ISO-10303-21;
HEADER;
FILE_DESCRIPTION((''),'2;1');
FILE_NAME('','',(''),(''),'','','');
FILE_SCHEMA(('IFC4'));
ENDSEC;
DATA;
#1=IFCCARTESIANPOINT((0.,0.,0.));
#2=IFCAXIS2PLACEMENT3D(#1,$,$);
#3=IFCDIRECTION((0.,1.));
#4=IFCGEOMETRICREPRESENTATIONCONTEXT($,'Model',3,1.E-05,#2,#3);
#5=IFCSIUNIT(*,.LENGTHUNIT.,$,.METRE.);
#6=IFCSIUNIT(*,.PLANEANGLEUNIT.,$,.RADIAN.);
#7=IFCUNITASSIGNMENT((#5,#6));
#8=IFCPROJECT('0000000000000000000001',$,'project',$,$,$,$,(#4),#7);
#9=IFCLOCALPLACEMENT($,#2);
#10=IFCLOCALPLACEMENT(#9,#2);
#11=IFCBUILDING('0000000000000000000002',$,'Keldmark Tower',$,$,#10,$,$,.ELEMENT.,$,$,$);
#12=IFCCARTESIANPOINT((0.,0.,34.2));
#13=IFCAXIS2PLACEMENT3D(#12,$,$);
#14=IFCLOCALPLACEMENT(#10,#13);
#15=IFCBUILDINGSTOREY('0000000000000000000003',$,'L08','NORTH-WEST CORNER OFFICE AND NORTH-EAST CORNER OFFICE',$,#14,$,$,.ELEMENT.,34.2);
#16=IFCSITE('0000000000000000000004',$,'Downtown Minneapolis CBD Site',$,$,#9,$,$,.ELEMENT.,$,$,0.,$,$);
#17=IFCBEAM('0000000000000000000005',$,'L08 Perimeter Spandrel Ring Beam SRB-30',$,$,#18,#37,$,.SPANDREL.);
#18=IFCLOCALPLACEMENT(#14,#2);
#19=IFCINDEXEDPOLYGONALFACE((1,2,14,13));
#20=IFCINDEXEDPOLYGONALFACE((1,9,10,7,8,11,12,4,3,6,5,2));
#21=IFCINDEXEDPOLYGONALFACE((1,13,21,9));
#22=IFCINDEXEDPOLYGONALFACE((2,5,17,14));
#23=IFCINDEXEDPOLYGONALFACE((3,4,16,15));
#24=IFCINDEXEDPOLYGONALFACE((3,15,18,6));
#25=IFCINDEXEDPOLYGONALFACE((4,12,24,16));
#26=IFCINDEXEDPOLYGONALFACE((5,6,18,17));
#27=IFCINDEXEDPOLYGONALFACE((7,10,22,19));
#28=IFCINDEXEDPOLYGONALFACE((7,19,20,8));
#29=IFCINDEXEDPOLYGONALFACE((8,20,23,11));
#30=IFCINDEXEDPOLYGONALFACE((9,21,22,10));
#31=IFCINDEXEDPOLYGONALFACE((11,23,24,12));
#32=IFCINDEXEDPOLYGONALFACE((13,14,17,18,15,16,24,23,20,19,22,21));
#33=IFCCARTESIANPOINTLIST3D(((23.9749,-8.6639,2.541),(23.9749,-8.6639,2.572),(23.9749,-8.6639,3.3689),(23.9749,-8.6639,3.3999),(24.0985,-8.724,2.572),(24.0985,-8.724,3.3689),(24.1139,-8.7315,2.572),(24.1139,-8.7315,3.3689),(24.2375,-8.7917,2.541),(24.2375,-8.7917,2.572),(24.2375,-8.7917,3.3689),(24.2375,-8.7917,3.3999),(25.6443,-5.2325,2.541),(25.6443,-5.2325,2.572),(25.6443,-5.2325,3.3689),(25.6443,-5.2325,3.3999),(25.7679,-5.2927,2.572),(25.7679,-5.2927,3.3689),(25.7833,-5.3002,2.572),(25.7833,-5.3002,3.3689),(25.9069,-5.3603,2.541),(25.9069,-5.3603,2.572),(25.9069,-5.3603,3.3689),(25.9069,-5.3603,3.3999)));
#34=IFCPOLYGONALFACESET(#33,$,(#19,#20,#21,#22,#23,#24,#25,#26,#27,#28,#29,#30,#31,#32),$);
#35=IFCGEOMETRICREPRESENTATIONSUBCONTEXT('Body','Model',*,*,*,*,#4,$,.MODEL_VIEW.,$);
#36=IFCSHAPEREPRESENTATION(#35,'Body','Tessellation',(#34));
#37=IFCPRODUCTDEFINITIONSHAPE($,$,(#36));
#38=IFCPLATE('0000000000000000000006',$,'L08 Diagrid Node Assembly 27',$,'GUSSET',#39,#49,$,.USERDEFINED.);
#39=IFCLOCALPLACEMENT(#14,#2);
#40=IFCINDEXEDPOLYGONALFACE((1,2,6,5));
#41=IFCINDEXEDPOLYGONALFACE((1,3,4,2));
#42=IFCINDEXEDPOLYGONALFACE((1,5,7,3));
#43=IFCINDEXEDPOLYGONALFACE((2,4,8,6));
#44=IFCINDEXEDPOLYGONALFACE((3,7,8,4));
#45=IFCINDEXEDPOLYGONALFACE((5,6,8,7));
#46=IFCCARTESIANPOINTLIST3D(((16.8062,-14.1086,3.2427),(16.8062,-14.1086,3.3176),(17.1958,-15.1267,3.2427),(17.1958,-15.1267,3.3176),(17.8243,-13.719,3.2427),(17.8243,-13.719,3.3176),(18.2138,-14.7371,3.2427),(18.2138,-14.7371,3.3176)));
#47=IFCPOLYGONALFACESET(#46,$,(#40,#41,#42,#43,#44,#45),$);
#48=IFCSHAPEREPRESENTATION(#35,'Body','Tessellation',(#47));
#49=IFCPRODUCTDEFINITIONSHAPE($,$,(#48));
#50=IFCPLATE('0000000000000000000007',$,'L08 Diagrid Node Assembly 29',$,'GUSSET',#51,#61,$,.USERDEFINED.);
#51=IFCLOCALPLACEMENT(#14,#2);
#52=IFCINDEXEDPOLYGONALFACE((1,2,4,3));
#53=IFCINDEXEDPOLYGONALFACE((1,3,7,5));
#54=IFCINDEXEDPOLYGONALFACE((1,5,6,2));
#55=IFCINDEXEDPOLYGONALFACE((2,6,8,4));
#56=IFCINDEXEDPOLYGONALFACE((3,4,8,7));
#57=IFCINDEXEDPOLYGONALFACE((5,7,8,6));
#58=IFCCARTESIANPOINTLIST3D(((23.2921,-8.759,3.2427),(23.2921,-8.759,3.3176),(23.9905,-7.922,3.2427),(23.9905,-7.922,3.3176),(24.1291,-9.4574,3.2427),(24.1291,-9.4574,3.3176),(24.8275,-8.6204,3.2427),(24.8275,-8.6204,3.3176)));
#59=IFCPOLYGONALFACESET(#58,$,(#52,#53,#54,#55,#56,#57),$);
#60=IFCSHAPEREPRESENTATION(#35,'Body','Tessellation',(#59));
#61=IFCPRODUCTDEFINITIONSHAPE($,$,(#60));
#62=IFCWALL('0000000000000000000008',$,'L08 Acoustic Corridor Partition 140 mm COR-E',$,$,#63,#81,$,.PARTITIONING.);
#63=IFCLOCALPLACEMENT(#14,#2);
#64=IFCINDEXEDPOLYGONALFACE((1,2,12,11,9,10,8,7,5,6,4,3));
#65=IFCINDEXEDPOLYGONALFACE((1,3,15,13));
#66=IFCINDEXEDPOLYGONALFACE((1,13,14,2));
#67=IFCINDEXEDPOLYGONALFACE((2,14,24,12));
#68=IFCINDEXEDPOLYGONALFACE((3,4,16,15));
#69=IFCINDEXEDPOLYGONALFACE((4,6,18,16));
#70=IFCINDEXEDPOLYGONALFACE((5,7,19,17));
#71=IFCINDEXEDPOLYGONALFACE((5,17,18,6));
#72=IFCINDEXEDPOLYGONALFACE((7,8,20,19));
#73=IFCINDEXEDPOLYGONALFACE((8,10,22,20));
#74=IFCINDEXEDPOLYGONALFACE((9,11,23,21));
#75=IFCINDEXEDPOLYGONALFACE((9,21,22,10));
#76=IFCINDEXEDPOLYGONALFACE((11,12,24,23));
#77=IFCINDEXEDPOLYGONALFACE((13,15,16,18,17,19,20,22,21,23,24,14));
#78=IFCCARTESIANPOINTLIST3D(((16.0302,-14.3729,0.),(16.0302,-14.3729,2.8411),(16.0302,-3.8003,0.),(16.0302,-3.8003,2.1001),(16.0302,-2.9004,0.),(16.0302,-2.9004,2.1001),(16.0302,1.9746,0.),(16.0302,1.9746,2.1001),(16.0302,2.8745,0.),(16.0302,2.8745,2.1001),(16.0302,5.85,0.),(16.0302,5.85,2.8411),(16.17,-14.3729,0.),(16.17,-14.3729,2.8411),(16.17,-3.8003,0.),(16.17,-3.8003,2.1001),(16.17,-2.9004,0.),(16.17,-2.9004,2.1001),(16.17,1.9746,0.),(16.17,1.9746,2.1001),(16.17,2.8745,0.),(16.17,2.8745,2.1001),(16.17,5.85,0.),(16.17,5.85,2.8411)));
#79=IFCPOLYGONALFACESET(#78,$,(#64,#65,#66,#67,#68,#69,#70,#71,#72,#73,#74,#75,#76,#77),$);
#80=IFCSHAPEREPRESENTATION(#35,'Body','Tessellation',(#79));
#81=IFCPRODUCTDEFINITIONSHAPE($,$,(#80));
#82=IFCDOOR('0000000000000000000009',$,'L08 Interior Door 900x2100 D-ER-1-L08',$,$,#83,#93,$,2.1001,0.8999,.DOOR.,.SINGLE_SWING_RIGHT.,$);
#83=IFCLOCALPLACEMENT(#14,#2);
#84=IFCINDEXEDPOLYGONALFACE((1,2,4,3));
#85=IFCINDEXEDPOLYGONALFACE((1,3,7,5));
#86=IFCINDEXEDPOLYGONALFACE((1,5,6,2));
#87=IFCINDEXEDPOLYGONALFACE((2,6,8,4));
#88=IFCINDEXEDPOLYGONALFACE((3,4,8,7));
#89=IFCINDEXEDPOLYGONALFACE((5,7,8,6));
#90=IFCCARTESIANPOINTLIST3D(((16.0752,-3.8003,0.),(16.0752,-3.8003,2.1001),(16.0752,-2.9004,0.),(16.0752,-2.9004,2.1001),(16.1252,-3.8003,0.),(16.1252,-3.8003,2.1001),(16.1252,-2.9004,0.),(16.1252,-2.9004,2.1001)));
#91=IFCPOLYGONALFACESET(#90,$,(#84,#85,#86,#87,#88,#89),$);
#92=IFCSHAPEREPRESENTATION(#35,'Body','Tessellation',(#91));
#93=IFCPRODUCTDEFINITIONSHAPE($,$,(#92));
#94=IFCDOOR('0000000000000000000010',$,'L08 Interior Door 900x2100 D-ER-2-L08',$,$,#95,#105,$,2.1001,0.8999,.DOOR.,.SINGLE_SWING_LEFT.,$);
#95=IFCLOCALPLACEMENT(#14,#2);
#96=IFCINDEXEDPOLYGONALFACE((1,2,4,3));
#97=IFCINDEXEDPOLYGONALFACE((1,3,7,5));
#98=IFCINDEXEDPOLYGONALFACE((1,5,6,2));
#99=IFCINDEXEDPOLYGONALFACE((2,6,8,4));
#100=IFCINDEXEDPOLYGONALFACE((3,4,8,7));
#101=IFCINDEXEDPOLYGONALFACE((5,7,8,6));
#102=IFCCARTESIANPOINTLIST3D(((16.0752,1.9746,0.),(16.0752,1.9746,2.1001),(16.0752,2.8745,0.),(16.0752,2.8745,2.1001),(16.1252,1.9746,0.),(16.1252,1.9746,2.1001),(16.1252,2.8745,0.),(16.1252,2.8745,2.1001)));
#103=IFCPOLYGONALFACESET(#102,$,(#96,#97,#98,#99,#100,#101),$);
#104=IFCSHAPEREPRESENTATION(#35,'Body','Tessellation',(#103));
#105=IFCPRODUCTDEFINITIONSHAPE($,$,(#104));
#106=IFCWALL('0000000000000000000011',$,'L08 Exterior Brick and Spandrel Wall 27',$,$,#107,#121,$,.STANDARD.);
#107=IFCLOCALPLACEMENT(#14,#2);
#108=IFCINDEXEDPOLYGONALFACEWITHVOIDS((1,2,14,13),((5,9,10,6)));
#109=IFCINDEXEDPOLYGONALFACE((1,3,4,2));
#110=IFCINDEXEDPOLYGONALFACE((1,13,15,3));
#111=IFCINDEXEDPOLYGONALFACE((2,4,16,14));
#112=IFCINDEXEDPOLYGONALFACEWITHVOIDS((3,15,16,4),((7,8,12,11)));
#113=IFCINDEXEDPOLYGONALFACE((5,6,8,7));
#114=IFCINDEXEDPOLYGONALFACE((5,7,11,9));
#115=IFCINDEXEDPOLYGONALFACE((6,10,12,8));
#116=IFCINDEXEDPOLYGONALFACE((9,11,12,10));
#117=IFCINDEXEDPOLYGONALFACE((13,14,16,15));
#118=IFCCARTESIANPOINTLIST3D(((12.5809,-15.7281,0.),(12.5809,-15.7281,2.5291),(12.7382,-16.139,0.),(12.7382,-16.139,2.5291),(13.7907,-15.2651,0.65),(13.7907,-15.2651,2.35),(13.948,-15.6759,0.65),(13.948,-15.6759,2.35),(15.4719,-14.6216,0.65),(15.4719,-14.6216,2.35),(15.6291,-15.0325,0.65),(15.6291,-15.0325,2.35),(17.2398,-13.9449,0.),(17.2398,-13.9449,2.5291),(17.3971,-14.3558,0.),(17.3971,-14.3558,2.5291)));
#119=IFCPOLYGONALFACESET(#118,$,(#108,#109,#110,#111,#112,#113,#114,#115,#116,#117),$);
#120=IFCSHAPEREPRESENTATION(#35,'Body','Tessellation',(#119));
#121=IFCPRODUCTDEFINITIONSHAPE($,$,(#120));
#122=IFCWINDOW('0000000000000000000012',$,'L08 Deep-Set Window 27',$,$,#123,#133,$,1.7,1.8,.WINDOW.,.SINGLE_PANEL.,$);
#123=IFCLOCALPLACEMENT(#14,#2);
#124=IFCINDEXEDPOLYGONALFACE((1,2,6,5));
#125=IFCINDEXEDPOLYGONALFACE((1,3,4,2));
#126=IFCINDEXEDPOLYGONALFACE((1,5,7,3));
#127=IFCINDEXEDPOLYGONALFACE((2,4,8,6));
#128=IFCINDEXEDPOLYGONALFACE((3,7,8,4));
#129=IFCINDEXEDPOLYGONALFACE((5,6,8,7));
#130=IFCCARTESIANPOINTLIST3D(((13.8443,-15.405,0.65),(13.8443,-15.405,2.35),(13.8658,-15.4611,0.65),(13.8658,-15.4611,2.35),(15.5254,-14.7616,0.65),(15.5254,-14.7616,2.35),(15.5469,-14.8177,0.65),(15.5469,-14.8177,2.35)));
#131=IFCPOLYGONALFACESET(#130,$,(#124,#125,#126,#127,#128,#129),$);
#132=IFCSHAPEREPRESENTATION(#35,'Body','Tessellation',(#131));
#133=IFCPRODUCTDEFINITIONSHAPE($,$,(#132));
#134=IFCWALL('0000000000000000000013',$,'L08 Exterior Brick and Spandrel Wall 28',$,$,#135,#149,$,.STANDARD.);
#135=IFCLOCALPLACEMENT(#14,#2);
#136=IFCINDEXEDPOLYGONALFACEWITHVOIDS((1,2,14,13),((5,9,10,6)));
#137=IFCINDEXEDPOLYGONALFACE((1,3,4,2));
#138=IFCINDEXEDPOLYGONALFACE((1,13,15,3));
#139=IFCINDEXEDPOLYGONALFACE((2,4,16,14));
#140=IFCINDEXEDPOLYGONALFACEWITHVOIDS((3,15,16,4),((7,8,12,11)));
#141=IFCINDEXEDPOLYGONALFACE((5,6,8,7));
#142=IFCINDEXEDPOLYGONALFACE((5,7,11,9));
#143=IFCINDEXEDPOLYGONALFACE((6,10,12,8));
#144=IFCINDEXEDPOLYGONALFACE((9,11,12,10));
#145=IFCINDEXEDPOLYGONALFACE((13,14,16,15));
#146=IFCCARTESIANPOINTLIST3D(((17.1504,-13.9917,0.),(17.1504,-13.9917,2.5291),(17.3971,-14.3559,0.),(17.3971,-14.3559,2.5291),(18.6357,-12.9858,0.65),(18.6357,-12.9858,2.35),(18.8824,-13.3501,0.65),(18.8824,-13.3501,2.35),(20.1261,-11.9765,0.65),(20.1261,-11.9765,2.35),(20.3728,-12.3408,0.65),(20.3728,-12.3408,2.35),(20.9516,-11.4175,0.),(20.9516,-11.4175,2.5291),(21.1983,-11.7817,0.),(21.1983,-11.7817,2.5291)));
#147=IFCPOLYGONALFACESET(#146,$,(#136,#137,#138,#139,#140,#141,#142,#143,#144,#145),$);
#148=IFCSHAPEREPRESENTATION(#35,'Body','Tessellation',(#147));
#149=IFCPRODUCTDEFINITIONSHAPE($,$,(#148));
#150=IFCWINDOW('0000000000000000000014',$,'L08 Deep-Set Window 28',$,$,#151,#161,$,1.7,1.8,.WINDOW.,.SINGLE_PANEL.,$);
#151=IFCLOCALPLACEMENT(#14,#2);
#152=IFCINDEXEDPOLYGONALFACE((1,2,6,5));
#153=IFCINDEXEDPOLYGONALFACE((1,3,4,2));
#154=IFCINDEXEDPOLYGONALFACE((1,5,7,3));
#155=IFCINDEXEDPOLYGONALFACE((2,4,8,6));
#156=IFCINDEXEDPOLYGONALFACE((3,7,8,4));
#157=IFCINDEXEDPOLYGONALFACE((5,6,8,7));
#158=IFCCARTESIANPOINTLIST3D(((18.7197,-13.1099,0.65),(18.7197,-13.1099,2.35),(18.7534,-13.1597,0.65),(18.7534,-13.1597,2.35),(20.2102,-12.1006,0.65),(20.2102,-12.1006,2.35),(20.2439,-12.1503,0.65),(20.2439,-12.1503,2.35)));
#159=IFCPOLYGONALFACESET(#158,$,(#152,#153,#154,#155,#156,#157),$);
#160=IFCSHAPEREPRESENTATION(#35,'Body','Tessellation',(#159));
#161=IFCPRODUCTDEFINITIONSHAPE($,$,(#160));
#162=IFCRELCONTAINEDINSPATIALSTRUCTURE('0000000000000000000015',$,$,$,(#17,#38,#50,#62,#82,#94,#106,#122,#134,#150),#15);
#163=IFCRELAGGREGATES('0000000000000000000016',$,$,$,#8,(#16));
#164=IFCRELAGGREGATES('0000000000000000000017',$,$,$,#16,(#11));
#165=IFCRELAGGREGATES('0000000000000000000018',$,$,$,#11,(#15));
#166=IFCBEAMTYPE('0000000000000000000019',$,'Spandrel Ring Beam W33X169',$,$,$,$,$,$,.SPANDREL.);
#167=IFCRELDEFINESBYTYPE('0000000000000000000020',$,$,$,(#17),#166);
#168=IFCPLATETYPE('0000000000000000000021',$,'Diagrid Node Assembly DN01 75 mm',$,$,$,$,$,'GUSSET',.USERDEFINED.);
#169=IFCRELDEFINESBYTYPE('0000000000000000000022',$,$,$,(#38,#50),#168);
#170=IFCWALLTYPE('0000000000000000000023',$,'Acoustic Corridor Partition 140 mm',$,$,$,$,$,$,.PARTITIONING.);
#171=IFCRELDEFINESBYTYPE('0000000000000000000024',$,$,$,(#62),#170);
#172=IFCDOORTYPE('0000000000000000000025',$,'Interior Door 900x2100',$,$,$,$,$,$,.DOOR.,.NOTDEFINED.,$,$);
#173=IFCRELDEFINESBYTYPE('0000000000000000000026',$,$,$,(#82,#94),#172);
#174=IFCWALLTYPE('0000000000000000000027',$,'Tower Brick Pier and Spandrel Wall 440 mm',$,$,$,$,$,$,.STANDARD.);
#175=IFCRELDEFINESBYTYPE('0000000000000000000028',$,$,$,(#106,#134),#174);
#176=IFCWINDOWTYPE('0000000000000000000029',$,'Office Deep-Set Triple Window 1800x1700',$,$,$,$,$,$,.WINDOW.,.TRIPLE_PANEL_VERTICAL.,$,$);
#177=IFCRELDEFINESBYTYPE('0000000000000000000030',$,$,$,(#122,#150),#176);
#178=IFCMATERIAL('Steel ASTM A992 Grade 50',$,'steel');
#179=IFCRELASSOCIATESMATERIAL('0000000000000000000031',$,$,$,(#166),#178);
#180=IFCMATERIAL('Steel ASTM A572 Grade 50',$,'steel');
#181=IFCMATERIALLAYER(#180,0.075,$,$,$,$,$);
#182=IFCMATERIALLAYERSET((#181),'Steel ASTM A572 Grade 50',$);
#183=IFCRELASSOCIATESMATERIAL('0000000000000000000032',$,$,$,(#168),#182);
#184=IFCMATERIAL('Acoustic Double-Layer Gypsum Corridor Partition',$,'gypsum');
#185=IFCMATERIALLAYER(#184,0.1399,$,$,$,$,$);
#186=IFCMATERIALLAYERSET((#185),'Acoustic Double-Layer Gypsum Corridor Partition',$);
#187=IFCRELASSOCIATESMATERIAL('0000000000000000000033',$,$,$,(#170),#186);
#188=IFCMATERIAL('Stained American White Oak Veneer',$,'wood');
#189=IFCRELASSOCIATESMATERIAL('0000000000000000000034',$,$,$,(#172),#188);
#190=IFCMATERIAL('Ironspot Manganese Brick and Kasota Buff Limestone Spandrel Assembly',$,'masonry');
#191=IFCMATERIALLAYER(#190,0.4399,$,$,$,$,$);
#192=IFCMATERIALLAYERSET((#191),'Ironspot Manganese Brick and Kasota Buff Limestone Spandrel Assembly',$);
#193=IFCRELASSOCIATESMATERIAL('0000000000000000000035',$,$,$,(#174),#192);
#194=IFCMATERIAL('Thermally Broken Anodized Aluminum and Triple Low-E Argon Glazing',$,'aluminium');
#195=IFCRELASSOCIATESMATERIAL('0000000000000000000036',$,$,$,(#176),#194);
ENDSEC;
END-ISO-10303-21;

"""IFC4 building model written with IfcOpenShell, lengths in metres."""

from ifc_helpers import new_model, si_unit, direction, frame, frame_2d, origin, origin_2d, place, context, subcontext, project, spatial, rectangle, i_section, extrude, material, layer, layer_set, material_profile, profile_set, type_object, element, fill, save


model = new_model("IFC4")

# Units and contexts
model_context = context("Model", 3, precision=1e-05, world=origin(), true_north=direction((0.0, 1.0)))
body_context = subcontext(model_context, "Body", "Model", "MODEL_VIEW")
ifc_project = project(units=[si_unit("LENGTHUNIT", "METRE"), si_unit("PLANEANGLEUNIT", "RADIAN")], contexts=[model_context])

# Site, building, storey
site_placement = place(None, origin())
site = spatial("IfcSite", under=ifc_project, at=site_placement, Name="Downtown Minneapolis CBD Site", CompositionType="ELEMENT", RefElevation=0.0)
building_placement = place(site_placement, origin())
building = spatial("IfcBuilding", under=site, at=building_placement, Name="Keldmark Tower", CompositionType="ELEMENT")
storey_placement = place(building_placement, frame((0.0, 0.0, 34.2)))
storey = spatial("IfcBuildingStorey", under=building, at=storey_placement, Name="L08", Description="NORTH-WEST CORNER OFFICE AND NORTH-EAST CORNER OFFICE", CompositionType="ELEMENT", Elevation=34.2)

# Beam
ifc_material_1 = material(Name="Steel ASTM A992 Grade 50", Category="steel")
ifc_material_profile_1 = material_profile(ifc_material_1, i_section(OverallWidth=0.292, OverallDepth=0.8589, WebThickness=0.0171, FlangeThickness=0.031, at=origin_2d()), Name="W33X169")
ifc_profile_set_1 = profile_set([ifc_material_profile_1], Name="Steel ASTM A992 Grade 50")
beam_type_1 = type_object("IfcBeamType", Name="Spandrel Ring Beam W33X169", PredefinedType="SPANDREL", material=ifc_profile_set_1)
beam_1_placement = place(storey_placement, frame((24.1062, -8.7278, 2.9705), z_axis=(0.437488, 0.899224, 0.0), x_axis=(-0.899224, 0.437488, 0.0)))
element("IfcBeam", 1, at=beam_1_placement, inside=storey, type_object=beam_type_1, Name="L08 Perimeter Spandrel Ring Beam SRB-30", PredefinedType="SPANDREL", context=body_context, shape_type="SweptSolid", body=[
    extrude(i_section(OverallWidth=0.292, OverallDepth=0.8589, WebThickness=0.0171, FlangeThickness=0.031, at=origin_2d()), origin(), (0.0, 0.0, 1.0), 3.8159),
])

# Plates
ifc_material_2 = material(Name="Steel ASTM A572 Grade 50", Category="steel")
ifc_layer_1 = layer(ifc_material_2, 0.075)
ifc_layer_set_1 = layer_set([ifc_layer_1], Name="Steel ASTM A572 Grade 50")
plate_type = type_object("IfcPlateType", Name="Diagrid Node Assembly DN01 75 mm", ElementType="GUSSET", PredefinedType="USERDEFINED", material=ifc_layer_set_1)
for number, where, z_axis, x_axis, name in (
    (2, (17.51, -14.4229, 3.2427), (0.0, 0.0, 1.0), (0.933955, 0.35739, 0.0), "L08 Diagrid Node Assembly 27"),
    (3, (24.0598, -8.6897, 3.2427), (0.0, 0.0, 1.0), (0.640646, 0.767836, 0.0), "L08 Diagrid Node Assembly 29"),
):
    element("IfcPlate", number, at=place(storey_placement, frame(where, z_axis=z_axis, x_axis=x_axis)), inside=storey, type_object=plate_type, Name=name, ObjectType="GUSSET", PredefinedType="USERDEFINED", context=body_context, shape_type="SweptSolid", body=[
        extrude(rectangle(XDim=1.0901, YDim=1.0901, at=origin_2d()), origin(), (0.0, 0.0, 1.0), 0.075),
    ])

# Wall, openings, doors
ifc_material_3 = material(Name="Acoustic Double-Layer Gypsum Corridor Partition", Category="gypsum")
ifc_layer_2 = layer(ifc_material_3, 0.1399)
ifc_layer_set_2 = layer_set([ifc_layer_2], Name="Acoustic Double-Layer Gypsum Corridor Partition")
wall_type_1 = type_object("IfcWallType", Name="Acoustic Corridor Partition 140 mm", PredefinedType="PARTITIONING", material=ifc_layer_set_2)
wall_1_placement = place(storey_placement, frame((16.1001, -14.3728, 0.0), z_axis=(0.0, 0.0, 1.0), x_axis=(0.0, 1.0, 0.0)))
wall_1 = element("IfcWall", 4, at=wall_1_placement, inside=storey, type_object=wall_type_1, Name="L08 Acoustic Corridor Partition 140 mm COR-E", PredefinedType="PARTITIONING", context=body_context, shape_type="SweptSolid", body=[
    extrude(rectangle(XDim=20.2229, YDim=0.1399, at=frame_2d((10.1113, 0.0))), origin(), (0.0, 0.0, 1.0), 2.8411),
])
opening_1_placement = place(wall_1_placement, frame((10.5725, 0.0, 0.0)))
opening_1 = element("IfcOpeningElement", 5, at=opening_1_placement, cuts=wall_1, PredefinedType="OPENING", context=body_context, shape_type="SweptSolid", body=[
    extrude(rectangle(XDim=0.8999, YDim=2.1001, at=frame_2d((0.45, 1.05))), frame((0.0, 0.0798, 0.0), z_axis=(0.0, -1.0, 0.0), x_axis=(1.0, 0.0, 0.0)), (0.0, 0.0, 1.0), 0.1599),
])
opening_2_placement = place(wall_1_placement, frame((16.3474, 0.0, 0.0)))
opening_2 = element("IfcOpeningElement", 6, at=opening_2_placement, cuts=wall_1, PredefinedType="OPENING", context=body_context, shape_type="SweptSolid", body=[
    extrude(rectangle(XDim=0.8999, YDim=2.1001, at=frame_2d((0.45, 1.05))), frame((0.0, 0.0798, 0.0), z_axis=(0.0, -1.0, 0.0), x_axis=(1.0, 0.0, 0.0)), (0.0, 0.0, 1.0), 0.1599),
])
ifc_material_4 = material(Name="Stained American White Oak Veneer", Category="wood")
door_type = type_object("IfcDoorType", Name="Interior Door 900x2100", OperationType="NOTDEFINED", PredefinedType="DOOR", material=ifc_material_4)
door_1_placement = place(opening_1_placement, origin())
door_1 = element("IfcDoor", 7, at=door_1_placement, inside=storey, type_object=door_type, Name="L08 Interior Door 900x2100 D-ER-1-L08", OperationType="SINGLE_SWING_RIGHT", OverallHeight=2.1001, OverallWidth=0.8999, PredefinedType="DOOR", context=body_context, shape_type="SweptSolid", body=[
    extrude(rectangle(XDim=0.8999, YDim=2.1001, at=frame_2d((0.45, 1.05))), frame((0.0, 0.0249, 0.0), z_axis=(0.0, -1.0, 0.0), x_axis=(1.0, 0.0, 0.0)), (0.0, 0.0, 1.0), 0.05),
])
fill(opening_1, door_1)
door_2_placement = place(opening_2_placement, origin())
door_2 = element("IfcDoor", 8, at=door_2_placement, inside=storey, type_object=door_type, Name="L08 Interior Door 900x2100 D-ER-2-L08", OperationType="SINGLE_SWING_LEFT", OverallHeight=2.1001, OverallWidth=0.8999, PredefinedType="DOOR", context=body_context, shape_type="SweptSolid", body=[
    extrude(rectangle(XDim=0.8999, YDim=2.1001, at=frame_2d((0.45, 1.05))), frame((0.0, 0.0249, 0.0), z_axis=(0.0, -1.0, 0.0), x_axis=(1.0, 0.0, 0.0)), (0.0, 0.0, 1.0), 0.05),
])
fill(opening_2, door_2)

# Walls, openings, windows
ifc_material_5 = material(Name="Ironspot Manganese Brick and Kasota Buff Limestone Spandrel Assembly", Category="masonry")
ifc_layer_3 = layer(ifc_material_5, 0.4399)
ifc_layer_set_3 = layer_set([ifc_layer_3], Name="Ironspot Manganese Brick and Kasota Buff Limestone Spandrel Assembly")
wall_type_2 = type_object("IfcWallType", Name="Tower Brick Pier and Spandrel Wall 440 mm", PredefinedType="STANDARD", material=ifc_layer_set_3)
wall_2_placement = place(storey_placement, frame((17.3184, -14.1504, 0.0), z_axis=(0.0, 0.0, 1.0), x_axis=(-0.933928, -0.35746, 0.0)))
wall_2 = element("IfcWall", 9, at=wall_2_placement, inside=storey, type_object=wall_type_2, Name="L08 Exterior Brick and Spandrel Wall 27", PredefinedType="STANDARD", context=body_context, shape_type="SweptSolid", body=[
    extrude(rectangle(XDim=4.9885, YDim=0.4399, at=frame_2d((2.4941, 0.0))), origin(), (0.0, 0.0, 1.0), 2.5291),
])
opening_3_placement = place(wall_2_placement, frame((1.8931, 0.0, 0.6499)))
opening_3 = element("IfcOpeningElement", 10, at=opening_3_placement, cuts=wall_2, PredefinedType="OPENING", context=body_context, shape_type="SweptSolid", body=[
    extrude(rectangle(XDim=1.8, YDim=1.7, at=frame_2d((0.8999, 0.8501))), frame((0.0, 0.23, 0.0), z_axis=(0.0, -1.0, 0.0), x_axis=(1.0, 0.0, 0.0)), (0.0, 0.0, 1.0), 0.46),
])
ifc_material_6 = material(Name="Thermally Broken Anodized Aluminum and Triple Low-E Argon Glazing", Category="aluminium")
window_type = type_object("IfcWindowType", Name="Office Deep-Set Triple Window 1800x1700", PartitioningType="TRIPLE_PANEL_VERTICAL", PredefinedType="WINDOW", material=ifc_material_6)
window_1_placement = place(opening_3_placement, origin())
window_1 = element("IfcWindow", 11, at=window_1_placement, inside=storey, type_object=window_type, Name="L08 Deep-Set Window 27", OverallHeight=1.7, OverallWidth=1.8, PartitioningType="SINGLE_PANEL", PredefinedType="WINDOW", context=body_context, shape_type="SweptSolid", body=[
    extrude(rectangle(XDim=1.8, YDim=1.7, at=frame_2d((0.8999, 0.8501))), frame((0.0, -0.01, 0.0), z_axis=(0.0, -1.0, 0.0), x_axis=(1.0, 0.0, 0.0)), (0.0, 0.0, 1.0), 0.0601),
])
fill(opening_3, window_1)
wall_3_placement = place(storey_placement, frame((21.075, -11.5996, 0.0), z_axis=(0.0, 0.0, 1.0), x_axis=(-0.828003, -0.560723, 0.0)))
wall_3 = element("IfcWall", 12, at=wall_3_placement, inside=storey, type_object=wall_type_2, Name="L08 Exterior Brick and Spandrel Wall 28", PredefinedType="STANDARD", context=body_context, shape_type="SweptSolid", body=[
    extrude(rectangle(XDim=4.5908, YDim=0.4399, at=frame_2d((2.2954, 0.0))), origin(), (0.0, 0.0, 1.0), 2.5291),
])
opening_4_placement = place(wall_3_placement, frame((0.9971, 0.0, 0.6499)))
opening_4 = element("IfcOpeningElement", 13, at=opening_4_placement, cuts=wall_3, PredefinedType="OPENING", context=body_context, shape_type="SweptSolid", body=[
    extrude(rectangle(XDim=1.8, YDim=1.7, at=frame_2d((0.8999, 0.8501))), frame((0.0, 0.23, 0.0), z_axis=(0.0, -1.0, 0.0), x_axis=(1.0, 0.0, 0.0)), (0.0, 0.0, 1.0), 0.46),
])
window_2_placement = place(opening_4_placement, origin())
window_2 = element("IfcWindow", 14, at=window_2_placement, inside=storey, type_object=window_type, Name="L08 Deep-Set Window 28", OverallHeight=1.7, OverallWidth=1.8, PartitioningType="SINGLE_PANEL", PredefinedType="WINDOW", context=body_context, shape_type="SweptSolid", body=[
    extrude(rectangle(XDim=1.8, YDim=1.7, at=frame_2d((0.8999, 0.8501))), frame((0.0, -0.01, 0.0), z_axis=(0.0, -1.0, 0.0), x_axis=(1.0, 0.0, 0.0)), (0.0, 0.0, 1.0), 0.0601),
])
fill(opening_4, window_2)

save(model, "model.ifc")
